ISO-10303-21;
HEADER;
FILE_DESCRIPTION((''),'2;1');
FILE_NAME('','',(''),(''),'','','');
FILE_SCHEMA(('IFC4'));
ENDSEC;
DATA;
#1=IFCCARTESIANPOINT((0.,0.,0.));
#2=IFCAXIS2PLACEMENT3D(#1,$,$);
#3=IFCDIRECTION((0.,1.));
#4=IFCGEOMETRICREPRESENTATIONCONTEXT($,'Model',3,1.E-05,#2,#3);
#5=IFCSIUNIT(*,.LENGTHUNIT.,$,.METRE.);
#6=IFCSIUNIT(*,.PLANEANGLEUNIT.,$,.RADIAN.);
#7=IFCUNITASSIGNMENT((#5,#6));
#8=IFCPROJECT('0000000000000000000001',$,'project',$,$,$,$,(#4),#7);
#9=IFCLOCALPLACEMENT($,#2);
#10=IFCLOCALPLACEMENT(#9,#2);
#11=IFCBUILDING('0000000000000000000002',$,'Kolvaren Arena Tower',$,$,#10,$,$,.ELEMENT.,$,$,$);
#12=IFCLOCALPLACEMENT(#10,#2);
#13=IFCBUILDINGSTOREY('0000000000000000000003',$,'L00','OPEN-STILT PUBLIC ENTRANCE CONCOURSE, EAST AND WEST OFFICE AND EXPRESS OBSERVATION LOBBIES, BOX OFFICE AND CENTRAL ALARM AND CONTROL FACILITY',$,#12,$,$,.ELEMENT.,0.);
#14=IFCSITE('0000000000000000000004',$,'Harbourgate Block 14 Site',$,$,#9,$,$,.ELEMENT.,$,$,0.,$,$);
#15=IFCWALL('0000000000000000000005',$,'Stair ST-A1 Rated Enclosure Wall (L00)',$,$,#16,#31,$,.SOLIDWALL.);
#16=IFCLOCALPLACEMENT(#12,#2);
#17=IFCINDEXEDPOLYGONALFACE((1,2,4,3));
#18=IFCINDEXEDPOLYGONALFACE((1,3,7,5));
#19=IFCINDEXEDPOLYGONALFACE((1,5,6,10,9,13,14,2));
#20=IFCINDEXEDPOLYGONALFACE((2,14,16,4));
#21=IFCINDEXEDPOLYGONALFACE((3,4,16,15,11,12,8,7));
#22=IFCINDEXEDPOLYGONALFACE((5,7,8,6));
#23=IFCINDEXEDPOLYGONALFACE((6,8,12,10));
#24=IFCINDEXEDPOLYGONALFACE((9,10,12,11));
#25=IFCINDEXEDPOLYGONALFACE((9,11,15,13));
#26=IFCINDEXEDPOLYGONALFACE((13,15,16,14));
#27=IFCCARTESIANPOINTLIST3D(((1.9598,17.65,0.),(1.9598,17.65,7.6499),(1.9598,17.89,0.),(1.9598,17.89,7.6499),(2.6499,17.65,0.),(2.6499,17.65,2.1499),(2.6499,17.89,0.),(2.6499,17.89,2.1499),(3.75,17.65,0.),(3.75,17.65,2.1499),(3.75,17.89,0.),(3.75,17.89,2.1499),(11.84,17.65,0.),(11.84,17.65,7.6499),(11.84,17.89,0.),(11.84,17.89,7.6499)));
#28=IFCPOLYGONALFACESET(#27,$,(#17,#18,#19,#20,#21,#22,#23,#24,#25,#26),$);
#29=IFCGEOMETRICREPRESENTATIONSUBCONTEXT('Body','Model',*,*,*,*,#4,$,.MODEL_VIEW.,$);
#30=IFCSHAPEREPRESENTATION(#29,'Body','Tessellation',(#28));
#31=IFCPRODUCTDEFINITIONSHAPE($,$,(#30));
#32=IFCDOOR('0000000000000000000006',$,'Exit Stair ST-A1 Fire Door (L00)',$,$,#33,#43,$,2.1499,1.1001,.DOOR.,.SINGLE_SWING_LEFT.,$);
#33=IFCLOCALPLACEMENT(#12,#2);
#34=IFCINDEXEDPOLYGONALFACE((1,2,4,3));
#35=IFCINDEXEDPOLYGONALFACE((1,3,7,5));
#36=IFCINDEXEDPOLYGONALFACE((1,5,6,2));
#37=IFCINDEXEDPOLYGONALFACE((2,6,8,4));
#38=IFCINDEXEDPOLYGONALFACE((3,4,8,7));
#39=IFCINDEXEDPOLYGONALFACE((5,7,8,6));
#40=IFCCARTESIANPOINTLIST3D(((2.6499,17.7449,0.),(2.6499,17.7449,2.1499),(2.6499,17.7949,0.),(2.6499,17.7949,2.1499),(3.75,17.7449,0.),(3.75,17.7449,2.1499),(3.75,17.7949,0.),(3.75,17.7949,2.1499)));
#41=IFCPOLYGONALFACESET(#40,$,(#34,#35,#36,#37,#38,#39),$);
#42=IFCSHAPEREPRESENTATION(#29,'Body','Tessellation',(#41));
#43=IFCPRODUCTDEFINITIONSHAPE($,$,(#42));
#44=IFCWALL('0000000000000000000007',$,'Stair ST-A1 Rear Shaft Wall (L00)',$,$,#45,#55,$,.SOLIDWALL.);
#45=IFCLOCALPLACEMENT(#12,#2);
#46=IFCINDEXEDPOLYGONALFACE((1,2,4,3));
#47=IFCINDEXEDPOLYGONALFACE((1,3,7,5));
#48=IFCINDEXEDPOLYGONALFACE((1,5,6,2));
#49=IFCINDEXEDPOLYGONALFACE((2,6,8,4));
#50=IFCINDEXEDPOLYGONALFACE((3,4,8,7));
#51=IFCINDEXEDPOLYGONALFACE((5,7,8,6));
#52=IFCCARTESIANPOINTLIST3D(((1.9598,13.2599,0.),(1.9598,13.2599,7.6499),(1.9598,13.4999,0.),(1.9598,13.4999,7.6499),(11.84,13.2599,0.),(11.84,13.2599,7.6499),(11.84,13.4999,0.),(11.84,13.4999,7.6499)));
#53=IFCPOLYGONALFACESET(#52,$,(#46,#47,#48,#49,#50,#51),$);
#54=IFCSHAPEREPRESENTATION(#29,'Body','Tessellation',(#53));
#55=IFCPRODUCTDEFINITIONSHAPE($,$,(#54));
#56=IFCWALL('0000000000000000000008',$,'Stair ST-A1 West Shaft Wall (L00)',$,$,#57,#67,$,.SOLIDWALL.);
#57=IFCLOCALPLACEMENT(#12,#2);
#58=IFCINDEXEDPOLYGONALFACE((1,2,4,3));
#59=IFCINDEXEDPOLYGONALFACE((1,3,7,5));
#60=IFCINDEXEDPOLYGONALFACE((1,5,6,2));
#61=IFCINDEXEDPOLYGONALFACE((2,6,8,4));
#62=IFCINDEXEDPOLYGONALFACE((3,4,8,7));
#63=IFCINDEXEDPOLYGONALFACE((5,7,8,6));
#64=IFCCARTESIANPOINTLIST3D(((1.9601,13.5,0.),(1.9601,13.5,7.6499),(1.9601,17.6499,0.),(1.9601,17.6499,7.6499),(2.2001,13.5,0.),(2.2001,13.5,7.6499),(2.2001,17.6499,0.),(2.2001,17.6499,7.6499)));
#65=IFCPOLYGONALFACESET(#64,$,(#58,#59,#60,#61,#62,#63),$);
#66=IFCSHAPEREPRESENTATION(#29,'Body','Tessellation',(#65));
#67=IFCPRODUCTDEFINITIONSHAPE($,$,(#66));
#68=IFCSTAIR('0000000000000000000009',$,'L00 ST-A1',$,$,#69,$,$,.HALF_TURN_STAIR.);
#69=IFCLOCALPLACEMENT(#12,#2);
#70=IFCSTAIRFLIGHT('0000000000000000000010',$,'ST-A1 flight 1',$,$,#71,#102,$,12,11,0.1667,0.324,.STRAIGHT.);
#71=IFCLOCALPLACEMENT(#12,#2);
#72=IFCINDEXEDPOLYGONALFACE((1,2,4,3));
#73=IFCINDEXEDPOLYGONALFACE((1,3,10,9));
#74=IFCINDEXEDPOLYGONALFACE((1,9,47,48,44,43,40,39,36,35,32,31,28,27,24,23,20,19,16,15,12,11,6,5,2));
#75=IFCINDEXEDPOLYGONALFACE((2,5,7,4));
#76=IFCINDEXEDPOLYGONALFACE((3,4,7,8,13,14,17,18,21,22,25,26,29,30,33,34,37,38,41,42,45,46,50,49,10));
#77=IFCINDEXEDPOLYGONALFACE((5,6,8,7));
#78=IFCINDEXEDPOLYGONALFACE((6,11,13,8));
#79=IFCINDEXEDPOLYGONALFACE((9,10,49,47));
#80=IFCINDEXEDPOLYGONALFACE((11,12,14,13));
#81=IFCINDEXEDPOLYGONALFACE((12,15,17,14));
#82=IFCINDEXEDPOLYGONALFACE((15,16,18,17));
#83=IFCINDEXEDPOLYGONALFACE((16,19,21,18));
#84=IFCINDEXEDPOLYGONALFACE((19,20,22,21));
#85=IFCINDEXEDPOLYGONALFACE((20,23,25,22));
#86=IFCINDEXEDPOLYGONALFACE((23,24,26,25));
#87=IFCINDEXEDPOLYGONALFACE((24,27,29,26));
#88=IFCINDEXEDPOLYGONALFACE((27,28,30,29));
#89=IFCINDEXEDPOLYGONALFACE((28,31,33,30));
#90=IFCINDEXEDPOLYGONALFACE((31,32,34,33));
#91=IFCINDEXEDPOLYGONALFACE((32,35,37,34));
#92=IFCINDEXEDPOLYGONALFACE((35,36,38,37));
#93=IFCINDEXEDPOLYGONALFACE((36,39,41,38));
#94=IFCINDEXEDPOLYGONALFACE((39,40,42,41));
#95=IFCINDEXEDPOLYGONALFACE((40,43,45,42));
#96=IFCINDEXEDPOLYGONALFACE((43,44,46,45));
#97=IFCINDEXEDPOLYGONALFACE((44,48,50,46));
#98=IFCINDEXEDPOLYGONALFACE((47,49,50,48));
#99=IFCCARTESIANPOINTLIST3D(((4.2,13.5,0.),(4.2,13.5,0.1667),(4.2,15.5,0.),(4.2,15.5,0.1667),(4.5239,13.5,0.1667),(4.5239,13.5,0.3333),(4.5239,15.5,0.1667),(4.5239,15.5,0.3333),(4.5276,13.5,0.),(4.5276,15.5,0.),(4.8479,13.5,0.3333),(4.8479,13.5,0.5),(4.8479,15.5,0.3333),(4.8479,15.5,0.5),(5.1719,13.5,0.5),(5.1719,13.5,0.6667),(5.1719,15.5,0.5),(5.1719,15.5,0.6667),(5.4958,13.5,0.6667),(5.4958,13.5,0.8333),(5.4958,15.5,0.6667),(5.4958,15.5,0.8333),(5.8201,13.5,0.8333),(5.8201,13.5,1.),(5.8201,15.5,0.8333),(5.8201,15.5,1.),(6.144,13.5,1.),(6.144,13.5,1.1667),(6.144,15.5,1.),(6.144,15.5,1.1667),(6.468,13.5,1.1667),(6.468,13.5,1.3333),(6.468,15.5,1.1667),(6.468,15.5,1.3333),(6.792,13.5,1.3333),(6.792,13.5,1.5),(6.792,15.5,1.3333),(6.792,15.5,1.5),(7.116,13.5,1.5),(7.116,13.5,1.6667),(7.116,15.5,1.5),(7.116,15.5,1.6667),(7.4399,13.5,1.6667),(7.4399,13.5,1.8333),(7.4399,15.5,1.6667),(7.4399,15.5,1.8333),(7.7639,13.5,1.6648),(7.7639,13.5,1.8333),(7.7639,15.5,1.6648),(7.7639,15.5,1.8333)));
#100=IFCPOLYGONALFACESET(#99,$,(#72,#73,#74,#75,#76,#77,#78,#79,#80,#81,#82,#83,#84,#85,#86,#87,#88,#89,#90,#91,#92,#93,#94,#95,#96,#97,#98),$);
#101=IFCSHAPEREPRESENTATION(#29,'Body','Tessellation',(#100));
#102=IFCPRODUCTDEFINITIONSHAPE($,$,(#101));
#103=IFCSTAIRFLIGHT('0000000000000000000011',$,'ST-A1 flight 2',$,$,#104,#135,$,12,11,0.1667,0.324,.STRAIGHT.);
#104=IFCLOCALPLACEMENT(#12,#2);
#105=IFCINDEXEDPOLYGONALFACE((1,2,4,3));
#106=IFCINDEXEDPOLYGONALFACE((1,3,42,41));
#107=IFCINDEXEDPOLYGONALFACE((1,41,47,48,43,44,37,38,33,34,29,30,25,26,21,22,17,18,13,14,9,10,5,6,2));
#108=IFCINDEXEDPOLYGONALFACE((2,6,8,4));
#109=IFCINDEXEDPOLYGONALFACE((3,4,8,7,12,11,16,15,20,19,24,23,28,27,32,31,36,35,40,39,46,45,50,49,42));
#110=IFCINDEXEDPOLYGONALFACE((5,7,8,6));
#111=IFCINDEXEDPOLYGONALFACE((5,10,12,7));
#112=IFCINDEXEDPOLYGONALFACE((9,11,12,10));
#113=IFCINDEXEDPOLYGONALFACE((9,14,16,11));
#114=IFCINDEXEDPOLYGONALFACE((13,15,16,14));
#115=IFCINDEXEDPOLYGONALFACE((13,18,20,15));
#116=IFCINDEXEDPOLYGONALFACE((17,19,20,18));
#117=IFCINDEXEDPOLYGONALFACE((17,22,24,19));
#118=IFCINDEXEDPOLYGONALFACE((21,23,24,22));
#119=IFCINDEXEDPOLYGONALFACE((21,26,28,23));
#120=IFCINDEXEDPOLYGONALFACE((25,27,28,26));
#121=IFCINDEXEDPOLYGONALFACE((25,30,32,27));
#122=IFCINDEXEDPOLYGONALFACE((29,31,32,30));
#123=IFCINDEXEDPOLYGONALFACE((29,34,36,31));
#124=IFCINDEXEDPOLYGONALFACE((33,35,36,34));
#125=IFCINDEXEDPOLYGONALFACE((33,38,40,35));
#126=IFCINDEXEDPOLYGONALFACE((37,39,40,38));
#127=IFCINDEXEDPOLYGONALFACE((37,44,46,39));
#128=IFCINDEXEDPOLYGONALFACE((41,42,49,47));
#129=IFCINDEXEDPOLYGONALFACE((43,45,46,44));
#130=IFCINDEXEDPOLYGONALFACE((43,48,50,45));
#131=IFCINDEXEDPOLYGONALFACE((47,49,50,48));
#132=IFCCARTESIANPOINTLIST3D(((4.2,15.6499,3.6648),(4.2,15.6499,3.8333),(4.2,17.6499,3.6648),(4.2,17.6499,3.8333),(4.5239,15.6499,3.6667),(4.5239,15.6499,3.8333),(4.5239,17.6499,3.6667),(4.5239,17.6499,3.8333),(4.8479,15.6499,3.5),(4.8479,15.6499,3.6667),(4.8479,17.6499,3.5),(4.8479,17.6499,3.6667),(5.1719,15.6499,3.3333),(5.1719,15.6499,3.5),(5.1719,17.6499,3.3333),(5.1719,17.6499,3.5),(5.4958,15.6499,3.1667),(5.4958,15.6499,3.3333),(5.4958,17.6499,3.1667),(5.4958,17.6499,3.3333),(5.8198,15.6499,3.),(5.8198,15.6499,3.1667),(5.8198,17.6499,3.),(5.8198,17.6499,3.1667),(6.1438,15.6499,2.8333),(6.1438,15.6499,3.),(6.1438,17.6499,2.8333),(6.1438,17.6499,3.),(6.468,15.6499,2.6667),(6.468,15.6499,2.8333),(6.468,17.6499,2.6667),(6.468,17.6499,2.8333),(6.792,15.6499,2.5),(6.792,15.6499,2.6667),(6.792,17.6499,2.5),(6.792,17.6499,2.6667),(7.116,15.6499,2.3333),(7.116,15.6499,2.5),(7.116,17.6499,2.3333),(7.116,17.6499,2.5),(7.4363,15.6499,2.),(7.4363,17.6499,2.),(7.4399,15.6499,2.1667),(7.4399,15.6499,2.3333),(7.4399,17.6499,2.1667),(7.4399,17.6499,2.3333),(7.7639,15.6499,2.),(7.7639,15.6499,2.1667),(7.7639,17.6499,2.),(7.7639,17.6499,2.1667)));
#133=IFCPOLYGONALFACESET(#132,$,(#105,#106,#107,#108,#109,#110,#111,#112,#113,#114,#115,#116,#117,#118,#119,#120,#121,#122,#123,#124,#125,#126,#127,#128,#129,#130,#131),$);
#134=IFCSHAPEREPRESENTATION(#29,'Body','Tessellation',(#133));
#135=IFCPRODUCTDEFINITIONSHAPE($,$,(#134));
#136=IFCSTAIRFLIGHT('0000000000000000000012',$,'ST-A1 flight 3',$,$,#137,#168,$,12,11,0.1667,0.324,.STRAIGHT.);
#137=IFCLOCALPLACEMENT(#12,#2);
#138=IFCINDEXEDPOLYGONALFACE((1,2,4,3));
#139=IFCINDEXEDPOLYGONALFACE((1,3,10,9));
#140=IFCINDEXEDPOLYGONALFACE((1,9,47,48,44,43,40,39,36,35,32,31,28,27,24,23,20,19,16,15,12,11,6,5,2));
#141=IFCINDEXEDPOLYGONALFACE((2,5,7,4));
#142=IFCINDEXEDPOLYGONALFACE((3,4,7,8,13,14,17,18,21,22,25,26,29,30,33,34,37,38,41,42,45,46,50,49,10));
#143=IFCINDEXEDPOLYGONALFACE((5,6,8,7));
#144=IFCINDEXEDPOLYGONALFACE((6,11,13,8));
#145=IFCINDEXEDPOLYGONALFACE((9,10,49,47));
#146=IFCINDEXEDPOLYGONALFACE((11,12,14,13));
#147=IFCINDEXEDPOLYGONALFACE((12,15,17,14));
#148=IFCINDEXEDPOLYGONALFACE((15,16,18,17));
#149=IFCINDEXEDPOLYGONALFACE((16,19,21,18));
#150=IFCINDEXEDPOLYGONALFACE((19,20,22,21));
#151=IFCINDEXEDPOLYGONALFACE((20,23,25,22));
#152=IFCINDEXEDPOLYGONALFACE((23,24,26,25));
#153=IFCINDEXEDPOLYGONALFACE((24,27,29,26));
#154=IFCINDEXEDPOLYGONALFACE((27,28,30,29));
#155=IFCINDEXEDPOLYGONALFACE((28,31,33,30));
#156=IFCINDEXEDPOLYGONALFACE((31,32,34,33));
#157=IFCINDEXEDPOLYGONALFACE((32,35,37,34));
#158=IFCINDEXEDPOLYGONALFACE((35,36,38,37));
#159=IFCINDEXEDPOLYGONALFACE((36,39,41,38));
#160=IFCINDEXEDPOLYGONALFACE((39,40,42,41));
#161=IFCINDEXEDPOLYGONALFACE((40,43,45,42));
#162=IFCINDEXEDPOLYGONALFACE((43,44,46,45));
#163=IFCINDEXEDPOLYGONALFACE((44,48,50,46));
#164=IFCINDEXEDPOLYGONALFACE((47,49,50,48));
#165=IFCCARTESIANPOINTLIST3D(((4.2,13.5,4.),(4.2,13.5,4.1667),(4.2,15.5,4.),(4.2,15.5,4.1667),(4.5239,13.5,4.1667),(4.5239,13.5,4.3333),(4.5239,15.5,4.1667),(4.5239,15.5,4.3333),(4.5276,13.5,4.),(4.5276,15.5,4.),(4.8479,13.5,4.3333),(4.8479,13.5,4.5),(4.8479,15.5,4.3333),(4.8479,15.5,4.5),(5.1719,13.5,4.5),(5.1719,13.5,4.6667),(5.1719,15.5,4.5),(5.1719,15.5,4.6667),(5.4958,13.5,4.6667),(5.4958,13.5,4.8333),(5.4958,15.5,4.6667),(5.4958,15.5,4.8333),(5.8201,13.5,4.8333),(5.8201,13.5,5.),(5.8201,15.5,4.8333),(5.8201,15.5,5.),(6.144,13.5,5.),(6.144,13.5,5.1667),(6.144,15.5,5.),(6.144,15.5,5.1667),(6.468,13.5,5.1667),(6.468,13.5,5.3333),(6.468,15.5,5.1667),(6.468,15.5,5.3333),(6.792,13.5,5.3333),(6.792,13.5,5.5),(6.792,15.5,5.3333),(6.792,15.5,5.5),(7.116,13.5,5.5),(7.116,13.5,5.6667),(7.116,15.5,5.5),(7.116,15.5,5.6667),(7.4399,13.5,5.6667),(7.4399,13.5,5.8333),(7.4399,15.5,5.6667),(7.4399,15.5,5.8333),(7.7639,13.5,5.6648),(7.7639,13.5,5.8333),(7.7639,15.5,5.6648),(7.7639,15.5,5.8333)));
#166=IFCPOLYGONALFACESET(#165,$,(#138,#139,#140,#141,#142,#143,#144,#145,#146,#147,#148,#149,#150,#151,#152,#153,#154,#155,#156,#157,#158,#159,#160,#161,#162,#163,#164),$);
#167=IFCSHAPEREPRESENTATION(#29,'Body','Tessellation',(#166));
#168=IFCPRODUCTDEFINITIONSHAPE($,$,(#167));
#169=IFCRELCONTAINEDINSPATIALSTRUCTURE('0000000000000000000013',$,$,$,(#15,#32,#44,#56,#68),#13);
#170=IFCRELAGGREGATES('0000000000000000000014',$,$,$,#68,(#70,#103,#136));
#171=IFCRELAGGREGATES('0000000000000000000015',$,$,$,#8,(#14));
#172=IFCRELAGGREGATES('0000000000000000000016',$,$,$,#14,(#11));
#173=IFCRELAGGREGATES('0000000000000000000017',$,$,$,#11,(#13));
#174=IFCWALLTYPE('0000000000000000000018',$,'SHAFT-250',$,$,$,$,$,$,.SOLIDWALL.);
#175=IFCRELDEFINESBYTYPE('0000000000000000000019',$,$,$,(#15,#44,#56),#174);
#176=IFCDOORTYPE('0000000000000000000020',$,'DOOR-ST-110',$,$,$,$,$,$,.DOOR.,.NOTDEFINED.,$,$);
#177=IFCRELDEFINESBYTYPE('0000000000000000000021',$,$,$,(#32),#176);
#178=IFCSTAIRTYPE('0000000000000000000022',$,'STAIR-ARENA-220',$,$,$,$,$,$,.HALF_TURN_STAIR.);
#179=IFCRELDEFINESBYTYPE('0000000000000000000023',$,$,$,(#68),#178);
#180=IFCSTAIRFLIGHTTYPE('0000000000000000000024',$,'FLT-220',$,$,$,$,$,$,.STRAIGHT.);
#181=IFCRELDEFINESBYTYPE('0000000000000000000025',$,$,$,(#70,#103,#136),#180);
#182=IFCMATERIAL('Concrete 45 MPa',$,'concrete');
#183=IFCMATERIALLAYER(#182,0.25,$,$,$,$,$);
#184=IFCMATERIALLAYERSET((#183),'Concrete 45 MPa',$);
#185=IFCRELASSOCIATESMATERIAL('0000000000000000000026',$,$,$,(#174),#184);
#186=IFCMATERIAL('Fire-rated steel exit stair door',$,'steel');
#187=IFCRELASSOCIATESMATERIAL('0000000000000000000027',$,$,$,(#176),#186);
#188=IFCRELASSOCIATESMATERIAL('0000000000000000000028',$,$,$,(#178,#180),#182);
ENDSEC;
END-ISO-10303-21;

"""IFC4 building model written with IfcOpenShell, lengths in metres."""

from ifc_helpers import new_model, si_unit, direction, frame, frame_2d, origin, place, context, subcontext, project, spatial, polyline, rectangle, outline, extrude, material, layer, layer_set, type_object, element, fill, aggregate, save


model = new_model("IFC4")

# Units and contexts
model_context = context("Model", 3, precision=1e-05, world=origin(), true_north=direction((0.0, 1.0)))
body_context = subcontext(model_context, "Body", "Model", "MODEL_VIEW")
ifc_project = project(units=[si_unit("LENGTHUNIT", "METRE"), si_unit("PLANEANGLEUNIT", "RADIAN")], contexts=[model_context])

# Site, building, storey
site_placement = place(None, origin())
site = spatial("IfcSite", under=ifc_project, at=site_placement, Name="Harbourgate Block 14 Site", CompositionType="ELEMENT", RefElevation=0.0)
building_placement = place(site_placement, origin())
building = spatial("IfcBuilding", under=site, at=building_placement, Name="Kolvaren Arena Tower", CompositionType="ELEMENT")
storey_placement = place(building_placement, origin())
storey = spatial("IfcBuildingStorey", under=building, at=storey_placement, Name="L00", Description="OPEN-STILT PUBLIC ENTRANCE CONCOURSE, EAST AND WEST OFFICE AND EXPRESS OBSERVATION LOBBIES, BOX OFFICE AND CENTRAL ALARM AND CONTROL FACILITY", CompositionType="ELEMENT", Elevation=0.0)

# Wall, opening, door
ifc_material_1 = material(Name="Concrete 45 MPa", Category="concrete")
ifc_layer_1 = layer(ifc_material_1, 0.25)
ifc_layer_set_1 = layer_set([ifc_layer_1], Name="Concrete 45 MPa")
wall_type = type_object("IfcWallType", Name="SHAFT-250", PredefinedType="SOLIDWALL", material=ifc_layer_set_1)
wall_1_placement = place(storey_placement, frame((1.96, 17.77, 0.0), z_axis=(0.0, 0.0, 1.0), x_axis=(1.0, 0.0, 0.0)))
wall_1 = element("IfcWall", 1, at=wall_1_placement, inside=storey, type_object=wall_type, Name="Stair ST-A1 Rated Enclosure Wall (L00)", PredefinedType="SOLIDWALL", context=body_context, shape_type="SweptSolid", body=[
    extrude(rectangle(XDim=9.8801, YDim=0.24, at=frame_2d((4.9399, 0.0))), origin(), (0.0, 0.0, 1.0), 7.6499),
])
opening_placement = place(wall_1_placement, frame((0.6899, 0.0, 0.0)))
opening = element("IfcOpeningElement", 2, at=opening_placement, cuts=wall_1, PredefinedType="OPENING", context=body_context, shape_type="SweptSolid", body=[
    extrude(rectangle(XDim=1.1001, YDim=2.1499, at=frame_2d((0.55, 1.075))), frame((0.0, 0.1299, 0.0), z_axis=(0.0, -1.0, 0.0), x_axis=(1.0, 0.0, 0.0)), (0.0, 0.0, 1.0), 0.26),
])
ifc_material_2 = material(Name="Fire-rated steel exit stair door", Category="steel")
door_type = type_object("IfcDoorType", Name="DOOR-ST-110", OperationType="NOTDEFINED", PredefinedType="DOOR", material=ifc_material_2)
door_placement = place(opening_placement, origin())
door = element("IfcDoor", 3, at=door_placement, inside=storey, type_object=door_type, Name="Exit Stair ST-A1 Fire Door (L00)", OperationType="SINGLE_SWING_LEFT", OverallHeight=2.1499, OverallWidth=1.1001, PredefinedType="DOOR", context=body_context, shape_type="SweptSolid", body=[
    extrude(rectangle(XDim=1.1001, YDim=2.1499, at=frame_2d((0.55, 1.075))), frame((0.0, 0.0249, 0.0), z_axis=(0.0, -1.0, 0.0), x_axis=(1.0, 0.0, 0.0)), (0.0, 0.0, 1.0), 0.05),
])
fill(opening, door)

# Walls
wall_2_placement = place(storey_placement, frame((1.96, 13.3799, 0.0), z_axis=(0.0, 0.0, 1.0), x_axis=(1.0, 0.0, 0.0)))
element("IfcWall", 4, at=wall_2_placement, inside=storey, type_object=wall_type, Name="Stair ST-A1 Rear Shaft Wall (L00)", PredefinedType="SOLIDWALL", context=body_context, shape_type="SweptSolid", body=[
    extrude(rectangle(XDim=9.8801, YDim=0.24, at=frame_2d((4.9399, 0.0))), origin(), (0.0, 0.0, 1.0), 7.6499),
])
wall_3_placement = place(storey_placement, frame((2.0801, 13.5, 0.0), z_axis=(0.0, 0.0, 1.0), x_axis=(0.0, 1.0, 0.0)))
element("IfcWall", 5, at=wall_3_placement, inside=storey, type_object=wall_type, Name="Stair ST-A1 West Shaft Wall (L00)", PredefinedType="SOLIDWALL", context=body_context, shape_type="SweptSolid", body=[
    extrude(rectangle(XDim=4.1499, YDim=0.24, at=frame_2d((2.075, 0.0))), origin(), (0.0, 0.0, 1.0), 7.6499),
])

# Stair, stair flights
stair_type = type_object("IfcStairType", Name="STAIR-ARENA-220", PredefinedType="HALF_TURN_STAIR", material=ifc_material_1)
stair_placement = place(storey_placement, origin())
stair = element("IfcStair", 6, at=stair_placement, inside=storey, type_object=stair_type, Name="L00 ST-A1", PredefinedType="HALF_TURN_STAIR")
stair_flight_type = type_object("IfcStairFlightType", Name="FLT-220", PredefinedType="STRAIGHT", material=ifc_material_1)
stair_flight_1_placement = place(storey_placement, frame((4.2, 14.5, 0.0), z_axis=(0.0, 0.0, 1.0), x_axis=(1.0, 0.0, 0.0)))
stair_flight_1 = element("IfcStairFlight", 7, at=stair_flight_1_placement, type_object=stair_flight_type, Name="ST-A1 flight 1", NumberOfRisers=12, NumberOfTreads=11, PredefinedType="STRAIGHT", RiserHeight=0.1667, TreadLength=0.324, context=body_context, shape_type="SweptSolid", body=[
    extrude(outline(polyline([(0.0, 0.0), (0.0, 0.1667), (0.324, 0.1667), (0.324, 0.3333), (0.6479, 0.3333), (0.6479, 0.5), (0.9719, 0.5), (0.9719, 0.6667), (1.2959, 0.6667), (1.2959, 0.8333), (1.6201, 0.8333), (1.6201, 1.0), (1.9441, 1.0), (1.9441, 1.1667), (2.2681, 1.1667), (2.2681, 1.3333), (2.592, 1.3333), (2.592, 1.5), (2.916, 1.5), (2.916, 1.6667), (3.24, 1.6667), (3.24, 1.8333), (3.564, 1.8333), (3.564, 2.0), (3.564, 1.6648), (0.3276, 0.0), (0.0, 0.0)])), frame((0.0, 1.0, 0.0), z_axis=(0.0, -1.0, 0.0), x_axis=(1.0, 0.0, 0.0)), (0.0, 0.0, 1.0), 2.0),
])
stair_flight_2_placement = place(storey_placement, frame((7.7639, 16.6499, 2.0), z_axis=(0.0, 0.0, 1.0), x_axis=(-1.0, 0.0, 0.0)))
stair_flight_2 = element("IfcStairFlight", 8, at=stair_flight_2_placement, type_object=stair_flight_type, Name="ST-A1 flight 2", NumberOfRisers=12, NumberOfTreads=11, PredefinedType="STRAIGHT", RiserHeight=0.1667, TreadLength=0.324, context=body_context, shape_type="SweptSolid", body=[
    extrude(outline(polyline([(0.0, 0.0), (0.0, 0.1667), (0.324, 0.1667), (0.324, 0.3333), (0.6479, 0.3333), (0.6479, 0.5), (0.9719, 0.5), (0.9719, 0.6667), (1.2959, 0.6667), (1.2959, 0.8333), (1.6201, 0.8333), (1.6201, 1.0), (1.9441, 1.0), (1.9441, 1.1667), (2.2681, 1.1667), (2.2681, 1.3333), (2.592, 1.3333), (2.592, 1.5), (2.916, 1.5), (2.916, 1.6667), (3.24, 1.6667), (3.24, 1.8333), (3.564, 1.8333), (3.564, 2.0), (3.564, 1.6648), (0.3276, 0.0), (0.0, 0.0)])), frame((0.0, 1.0, 0.0), z_axis=(0.0, -1.0, 0.0), x_axis=(1.0, 0.0, 0.0)), (0.0, 0.0, 1.0), 2.0),
])
stair_flight_3_placement = place(storey_placement, frame((4.2, 14.5, 4.0), z_axis=(0.0, 0.0, 1.0), x_axis=(1.0, 0.0, 0.0)))
stair_flight_3 = element("IfcStairFlight", 9, at=stair_flight_3_placement, type_object=stair_flight_type, Name="ST-A1 flight 3", NumberOfRisers=12, NumberOfTreads=11, PredefinedType="STRAIGHT", RiserHeight=0.1667, TreadLength=0.324, context=body_context, shape_type="SweptSolid", body=[
    extrude(outline(polyline([(0.0, 0.0), (0.0, 0.1667), (0.324, 0.1667), (0.324, 0.3333), (0.6479, 0.3333), (0.6479, 0.5), (0.9719, 0.5), (0.9719, 0.6667), (1.2959, 0.6667), (1.2959, 0.8333), (1.6201, 0.8333), (1.6201, 1.0), (1.9441, 1.0), (1.9441, 1.1667), (2.2681, 1.1667), (2.2681, 1.3333), (2.592, 1.3333), (2.592, 1.5), (2.916, 1.5), (2.916, 1.6667), (3.24, 1.6667), (3.24, 1.8333), (3.564, 1.8333), (3.564, 2.0), (3.564, 1.6648), (0.3276, 0.0), (0.0, 0.0)])), frame((0.0, 1.0, 0.0), z_axis=(0.0, -1.0, 0.0), x_axis=(1.0, 0.0, 0.0)), (0.0, 0.0, 1.0), 2.0),
])
aggregate(stair, [stair_flight_1, stair_flight_2, stair_flight_3])

save(model, "model.ifc")
